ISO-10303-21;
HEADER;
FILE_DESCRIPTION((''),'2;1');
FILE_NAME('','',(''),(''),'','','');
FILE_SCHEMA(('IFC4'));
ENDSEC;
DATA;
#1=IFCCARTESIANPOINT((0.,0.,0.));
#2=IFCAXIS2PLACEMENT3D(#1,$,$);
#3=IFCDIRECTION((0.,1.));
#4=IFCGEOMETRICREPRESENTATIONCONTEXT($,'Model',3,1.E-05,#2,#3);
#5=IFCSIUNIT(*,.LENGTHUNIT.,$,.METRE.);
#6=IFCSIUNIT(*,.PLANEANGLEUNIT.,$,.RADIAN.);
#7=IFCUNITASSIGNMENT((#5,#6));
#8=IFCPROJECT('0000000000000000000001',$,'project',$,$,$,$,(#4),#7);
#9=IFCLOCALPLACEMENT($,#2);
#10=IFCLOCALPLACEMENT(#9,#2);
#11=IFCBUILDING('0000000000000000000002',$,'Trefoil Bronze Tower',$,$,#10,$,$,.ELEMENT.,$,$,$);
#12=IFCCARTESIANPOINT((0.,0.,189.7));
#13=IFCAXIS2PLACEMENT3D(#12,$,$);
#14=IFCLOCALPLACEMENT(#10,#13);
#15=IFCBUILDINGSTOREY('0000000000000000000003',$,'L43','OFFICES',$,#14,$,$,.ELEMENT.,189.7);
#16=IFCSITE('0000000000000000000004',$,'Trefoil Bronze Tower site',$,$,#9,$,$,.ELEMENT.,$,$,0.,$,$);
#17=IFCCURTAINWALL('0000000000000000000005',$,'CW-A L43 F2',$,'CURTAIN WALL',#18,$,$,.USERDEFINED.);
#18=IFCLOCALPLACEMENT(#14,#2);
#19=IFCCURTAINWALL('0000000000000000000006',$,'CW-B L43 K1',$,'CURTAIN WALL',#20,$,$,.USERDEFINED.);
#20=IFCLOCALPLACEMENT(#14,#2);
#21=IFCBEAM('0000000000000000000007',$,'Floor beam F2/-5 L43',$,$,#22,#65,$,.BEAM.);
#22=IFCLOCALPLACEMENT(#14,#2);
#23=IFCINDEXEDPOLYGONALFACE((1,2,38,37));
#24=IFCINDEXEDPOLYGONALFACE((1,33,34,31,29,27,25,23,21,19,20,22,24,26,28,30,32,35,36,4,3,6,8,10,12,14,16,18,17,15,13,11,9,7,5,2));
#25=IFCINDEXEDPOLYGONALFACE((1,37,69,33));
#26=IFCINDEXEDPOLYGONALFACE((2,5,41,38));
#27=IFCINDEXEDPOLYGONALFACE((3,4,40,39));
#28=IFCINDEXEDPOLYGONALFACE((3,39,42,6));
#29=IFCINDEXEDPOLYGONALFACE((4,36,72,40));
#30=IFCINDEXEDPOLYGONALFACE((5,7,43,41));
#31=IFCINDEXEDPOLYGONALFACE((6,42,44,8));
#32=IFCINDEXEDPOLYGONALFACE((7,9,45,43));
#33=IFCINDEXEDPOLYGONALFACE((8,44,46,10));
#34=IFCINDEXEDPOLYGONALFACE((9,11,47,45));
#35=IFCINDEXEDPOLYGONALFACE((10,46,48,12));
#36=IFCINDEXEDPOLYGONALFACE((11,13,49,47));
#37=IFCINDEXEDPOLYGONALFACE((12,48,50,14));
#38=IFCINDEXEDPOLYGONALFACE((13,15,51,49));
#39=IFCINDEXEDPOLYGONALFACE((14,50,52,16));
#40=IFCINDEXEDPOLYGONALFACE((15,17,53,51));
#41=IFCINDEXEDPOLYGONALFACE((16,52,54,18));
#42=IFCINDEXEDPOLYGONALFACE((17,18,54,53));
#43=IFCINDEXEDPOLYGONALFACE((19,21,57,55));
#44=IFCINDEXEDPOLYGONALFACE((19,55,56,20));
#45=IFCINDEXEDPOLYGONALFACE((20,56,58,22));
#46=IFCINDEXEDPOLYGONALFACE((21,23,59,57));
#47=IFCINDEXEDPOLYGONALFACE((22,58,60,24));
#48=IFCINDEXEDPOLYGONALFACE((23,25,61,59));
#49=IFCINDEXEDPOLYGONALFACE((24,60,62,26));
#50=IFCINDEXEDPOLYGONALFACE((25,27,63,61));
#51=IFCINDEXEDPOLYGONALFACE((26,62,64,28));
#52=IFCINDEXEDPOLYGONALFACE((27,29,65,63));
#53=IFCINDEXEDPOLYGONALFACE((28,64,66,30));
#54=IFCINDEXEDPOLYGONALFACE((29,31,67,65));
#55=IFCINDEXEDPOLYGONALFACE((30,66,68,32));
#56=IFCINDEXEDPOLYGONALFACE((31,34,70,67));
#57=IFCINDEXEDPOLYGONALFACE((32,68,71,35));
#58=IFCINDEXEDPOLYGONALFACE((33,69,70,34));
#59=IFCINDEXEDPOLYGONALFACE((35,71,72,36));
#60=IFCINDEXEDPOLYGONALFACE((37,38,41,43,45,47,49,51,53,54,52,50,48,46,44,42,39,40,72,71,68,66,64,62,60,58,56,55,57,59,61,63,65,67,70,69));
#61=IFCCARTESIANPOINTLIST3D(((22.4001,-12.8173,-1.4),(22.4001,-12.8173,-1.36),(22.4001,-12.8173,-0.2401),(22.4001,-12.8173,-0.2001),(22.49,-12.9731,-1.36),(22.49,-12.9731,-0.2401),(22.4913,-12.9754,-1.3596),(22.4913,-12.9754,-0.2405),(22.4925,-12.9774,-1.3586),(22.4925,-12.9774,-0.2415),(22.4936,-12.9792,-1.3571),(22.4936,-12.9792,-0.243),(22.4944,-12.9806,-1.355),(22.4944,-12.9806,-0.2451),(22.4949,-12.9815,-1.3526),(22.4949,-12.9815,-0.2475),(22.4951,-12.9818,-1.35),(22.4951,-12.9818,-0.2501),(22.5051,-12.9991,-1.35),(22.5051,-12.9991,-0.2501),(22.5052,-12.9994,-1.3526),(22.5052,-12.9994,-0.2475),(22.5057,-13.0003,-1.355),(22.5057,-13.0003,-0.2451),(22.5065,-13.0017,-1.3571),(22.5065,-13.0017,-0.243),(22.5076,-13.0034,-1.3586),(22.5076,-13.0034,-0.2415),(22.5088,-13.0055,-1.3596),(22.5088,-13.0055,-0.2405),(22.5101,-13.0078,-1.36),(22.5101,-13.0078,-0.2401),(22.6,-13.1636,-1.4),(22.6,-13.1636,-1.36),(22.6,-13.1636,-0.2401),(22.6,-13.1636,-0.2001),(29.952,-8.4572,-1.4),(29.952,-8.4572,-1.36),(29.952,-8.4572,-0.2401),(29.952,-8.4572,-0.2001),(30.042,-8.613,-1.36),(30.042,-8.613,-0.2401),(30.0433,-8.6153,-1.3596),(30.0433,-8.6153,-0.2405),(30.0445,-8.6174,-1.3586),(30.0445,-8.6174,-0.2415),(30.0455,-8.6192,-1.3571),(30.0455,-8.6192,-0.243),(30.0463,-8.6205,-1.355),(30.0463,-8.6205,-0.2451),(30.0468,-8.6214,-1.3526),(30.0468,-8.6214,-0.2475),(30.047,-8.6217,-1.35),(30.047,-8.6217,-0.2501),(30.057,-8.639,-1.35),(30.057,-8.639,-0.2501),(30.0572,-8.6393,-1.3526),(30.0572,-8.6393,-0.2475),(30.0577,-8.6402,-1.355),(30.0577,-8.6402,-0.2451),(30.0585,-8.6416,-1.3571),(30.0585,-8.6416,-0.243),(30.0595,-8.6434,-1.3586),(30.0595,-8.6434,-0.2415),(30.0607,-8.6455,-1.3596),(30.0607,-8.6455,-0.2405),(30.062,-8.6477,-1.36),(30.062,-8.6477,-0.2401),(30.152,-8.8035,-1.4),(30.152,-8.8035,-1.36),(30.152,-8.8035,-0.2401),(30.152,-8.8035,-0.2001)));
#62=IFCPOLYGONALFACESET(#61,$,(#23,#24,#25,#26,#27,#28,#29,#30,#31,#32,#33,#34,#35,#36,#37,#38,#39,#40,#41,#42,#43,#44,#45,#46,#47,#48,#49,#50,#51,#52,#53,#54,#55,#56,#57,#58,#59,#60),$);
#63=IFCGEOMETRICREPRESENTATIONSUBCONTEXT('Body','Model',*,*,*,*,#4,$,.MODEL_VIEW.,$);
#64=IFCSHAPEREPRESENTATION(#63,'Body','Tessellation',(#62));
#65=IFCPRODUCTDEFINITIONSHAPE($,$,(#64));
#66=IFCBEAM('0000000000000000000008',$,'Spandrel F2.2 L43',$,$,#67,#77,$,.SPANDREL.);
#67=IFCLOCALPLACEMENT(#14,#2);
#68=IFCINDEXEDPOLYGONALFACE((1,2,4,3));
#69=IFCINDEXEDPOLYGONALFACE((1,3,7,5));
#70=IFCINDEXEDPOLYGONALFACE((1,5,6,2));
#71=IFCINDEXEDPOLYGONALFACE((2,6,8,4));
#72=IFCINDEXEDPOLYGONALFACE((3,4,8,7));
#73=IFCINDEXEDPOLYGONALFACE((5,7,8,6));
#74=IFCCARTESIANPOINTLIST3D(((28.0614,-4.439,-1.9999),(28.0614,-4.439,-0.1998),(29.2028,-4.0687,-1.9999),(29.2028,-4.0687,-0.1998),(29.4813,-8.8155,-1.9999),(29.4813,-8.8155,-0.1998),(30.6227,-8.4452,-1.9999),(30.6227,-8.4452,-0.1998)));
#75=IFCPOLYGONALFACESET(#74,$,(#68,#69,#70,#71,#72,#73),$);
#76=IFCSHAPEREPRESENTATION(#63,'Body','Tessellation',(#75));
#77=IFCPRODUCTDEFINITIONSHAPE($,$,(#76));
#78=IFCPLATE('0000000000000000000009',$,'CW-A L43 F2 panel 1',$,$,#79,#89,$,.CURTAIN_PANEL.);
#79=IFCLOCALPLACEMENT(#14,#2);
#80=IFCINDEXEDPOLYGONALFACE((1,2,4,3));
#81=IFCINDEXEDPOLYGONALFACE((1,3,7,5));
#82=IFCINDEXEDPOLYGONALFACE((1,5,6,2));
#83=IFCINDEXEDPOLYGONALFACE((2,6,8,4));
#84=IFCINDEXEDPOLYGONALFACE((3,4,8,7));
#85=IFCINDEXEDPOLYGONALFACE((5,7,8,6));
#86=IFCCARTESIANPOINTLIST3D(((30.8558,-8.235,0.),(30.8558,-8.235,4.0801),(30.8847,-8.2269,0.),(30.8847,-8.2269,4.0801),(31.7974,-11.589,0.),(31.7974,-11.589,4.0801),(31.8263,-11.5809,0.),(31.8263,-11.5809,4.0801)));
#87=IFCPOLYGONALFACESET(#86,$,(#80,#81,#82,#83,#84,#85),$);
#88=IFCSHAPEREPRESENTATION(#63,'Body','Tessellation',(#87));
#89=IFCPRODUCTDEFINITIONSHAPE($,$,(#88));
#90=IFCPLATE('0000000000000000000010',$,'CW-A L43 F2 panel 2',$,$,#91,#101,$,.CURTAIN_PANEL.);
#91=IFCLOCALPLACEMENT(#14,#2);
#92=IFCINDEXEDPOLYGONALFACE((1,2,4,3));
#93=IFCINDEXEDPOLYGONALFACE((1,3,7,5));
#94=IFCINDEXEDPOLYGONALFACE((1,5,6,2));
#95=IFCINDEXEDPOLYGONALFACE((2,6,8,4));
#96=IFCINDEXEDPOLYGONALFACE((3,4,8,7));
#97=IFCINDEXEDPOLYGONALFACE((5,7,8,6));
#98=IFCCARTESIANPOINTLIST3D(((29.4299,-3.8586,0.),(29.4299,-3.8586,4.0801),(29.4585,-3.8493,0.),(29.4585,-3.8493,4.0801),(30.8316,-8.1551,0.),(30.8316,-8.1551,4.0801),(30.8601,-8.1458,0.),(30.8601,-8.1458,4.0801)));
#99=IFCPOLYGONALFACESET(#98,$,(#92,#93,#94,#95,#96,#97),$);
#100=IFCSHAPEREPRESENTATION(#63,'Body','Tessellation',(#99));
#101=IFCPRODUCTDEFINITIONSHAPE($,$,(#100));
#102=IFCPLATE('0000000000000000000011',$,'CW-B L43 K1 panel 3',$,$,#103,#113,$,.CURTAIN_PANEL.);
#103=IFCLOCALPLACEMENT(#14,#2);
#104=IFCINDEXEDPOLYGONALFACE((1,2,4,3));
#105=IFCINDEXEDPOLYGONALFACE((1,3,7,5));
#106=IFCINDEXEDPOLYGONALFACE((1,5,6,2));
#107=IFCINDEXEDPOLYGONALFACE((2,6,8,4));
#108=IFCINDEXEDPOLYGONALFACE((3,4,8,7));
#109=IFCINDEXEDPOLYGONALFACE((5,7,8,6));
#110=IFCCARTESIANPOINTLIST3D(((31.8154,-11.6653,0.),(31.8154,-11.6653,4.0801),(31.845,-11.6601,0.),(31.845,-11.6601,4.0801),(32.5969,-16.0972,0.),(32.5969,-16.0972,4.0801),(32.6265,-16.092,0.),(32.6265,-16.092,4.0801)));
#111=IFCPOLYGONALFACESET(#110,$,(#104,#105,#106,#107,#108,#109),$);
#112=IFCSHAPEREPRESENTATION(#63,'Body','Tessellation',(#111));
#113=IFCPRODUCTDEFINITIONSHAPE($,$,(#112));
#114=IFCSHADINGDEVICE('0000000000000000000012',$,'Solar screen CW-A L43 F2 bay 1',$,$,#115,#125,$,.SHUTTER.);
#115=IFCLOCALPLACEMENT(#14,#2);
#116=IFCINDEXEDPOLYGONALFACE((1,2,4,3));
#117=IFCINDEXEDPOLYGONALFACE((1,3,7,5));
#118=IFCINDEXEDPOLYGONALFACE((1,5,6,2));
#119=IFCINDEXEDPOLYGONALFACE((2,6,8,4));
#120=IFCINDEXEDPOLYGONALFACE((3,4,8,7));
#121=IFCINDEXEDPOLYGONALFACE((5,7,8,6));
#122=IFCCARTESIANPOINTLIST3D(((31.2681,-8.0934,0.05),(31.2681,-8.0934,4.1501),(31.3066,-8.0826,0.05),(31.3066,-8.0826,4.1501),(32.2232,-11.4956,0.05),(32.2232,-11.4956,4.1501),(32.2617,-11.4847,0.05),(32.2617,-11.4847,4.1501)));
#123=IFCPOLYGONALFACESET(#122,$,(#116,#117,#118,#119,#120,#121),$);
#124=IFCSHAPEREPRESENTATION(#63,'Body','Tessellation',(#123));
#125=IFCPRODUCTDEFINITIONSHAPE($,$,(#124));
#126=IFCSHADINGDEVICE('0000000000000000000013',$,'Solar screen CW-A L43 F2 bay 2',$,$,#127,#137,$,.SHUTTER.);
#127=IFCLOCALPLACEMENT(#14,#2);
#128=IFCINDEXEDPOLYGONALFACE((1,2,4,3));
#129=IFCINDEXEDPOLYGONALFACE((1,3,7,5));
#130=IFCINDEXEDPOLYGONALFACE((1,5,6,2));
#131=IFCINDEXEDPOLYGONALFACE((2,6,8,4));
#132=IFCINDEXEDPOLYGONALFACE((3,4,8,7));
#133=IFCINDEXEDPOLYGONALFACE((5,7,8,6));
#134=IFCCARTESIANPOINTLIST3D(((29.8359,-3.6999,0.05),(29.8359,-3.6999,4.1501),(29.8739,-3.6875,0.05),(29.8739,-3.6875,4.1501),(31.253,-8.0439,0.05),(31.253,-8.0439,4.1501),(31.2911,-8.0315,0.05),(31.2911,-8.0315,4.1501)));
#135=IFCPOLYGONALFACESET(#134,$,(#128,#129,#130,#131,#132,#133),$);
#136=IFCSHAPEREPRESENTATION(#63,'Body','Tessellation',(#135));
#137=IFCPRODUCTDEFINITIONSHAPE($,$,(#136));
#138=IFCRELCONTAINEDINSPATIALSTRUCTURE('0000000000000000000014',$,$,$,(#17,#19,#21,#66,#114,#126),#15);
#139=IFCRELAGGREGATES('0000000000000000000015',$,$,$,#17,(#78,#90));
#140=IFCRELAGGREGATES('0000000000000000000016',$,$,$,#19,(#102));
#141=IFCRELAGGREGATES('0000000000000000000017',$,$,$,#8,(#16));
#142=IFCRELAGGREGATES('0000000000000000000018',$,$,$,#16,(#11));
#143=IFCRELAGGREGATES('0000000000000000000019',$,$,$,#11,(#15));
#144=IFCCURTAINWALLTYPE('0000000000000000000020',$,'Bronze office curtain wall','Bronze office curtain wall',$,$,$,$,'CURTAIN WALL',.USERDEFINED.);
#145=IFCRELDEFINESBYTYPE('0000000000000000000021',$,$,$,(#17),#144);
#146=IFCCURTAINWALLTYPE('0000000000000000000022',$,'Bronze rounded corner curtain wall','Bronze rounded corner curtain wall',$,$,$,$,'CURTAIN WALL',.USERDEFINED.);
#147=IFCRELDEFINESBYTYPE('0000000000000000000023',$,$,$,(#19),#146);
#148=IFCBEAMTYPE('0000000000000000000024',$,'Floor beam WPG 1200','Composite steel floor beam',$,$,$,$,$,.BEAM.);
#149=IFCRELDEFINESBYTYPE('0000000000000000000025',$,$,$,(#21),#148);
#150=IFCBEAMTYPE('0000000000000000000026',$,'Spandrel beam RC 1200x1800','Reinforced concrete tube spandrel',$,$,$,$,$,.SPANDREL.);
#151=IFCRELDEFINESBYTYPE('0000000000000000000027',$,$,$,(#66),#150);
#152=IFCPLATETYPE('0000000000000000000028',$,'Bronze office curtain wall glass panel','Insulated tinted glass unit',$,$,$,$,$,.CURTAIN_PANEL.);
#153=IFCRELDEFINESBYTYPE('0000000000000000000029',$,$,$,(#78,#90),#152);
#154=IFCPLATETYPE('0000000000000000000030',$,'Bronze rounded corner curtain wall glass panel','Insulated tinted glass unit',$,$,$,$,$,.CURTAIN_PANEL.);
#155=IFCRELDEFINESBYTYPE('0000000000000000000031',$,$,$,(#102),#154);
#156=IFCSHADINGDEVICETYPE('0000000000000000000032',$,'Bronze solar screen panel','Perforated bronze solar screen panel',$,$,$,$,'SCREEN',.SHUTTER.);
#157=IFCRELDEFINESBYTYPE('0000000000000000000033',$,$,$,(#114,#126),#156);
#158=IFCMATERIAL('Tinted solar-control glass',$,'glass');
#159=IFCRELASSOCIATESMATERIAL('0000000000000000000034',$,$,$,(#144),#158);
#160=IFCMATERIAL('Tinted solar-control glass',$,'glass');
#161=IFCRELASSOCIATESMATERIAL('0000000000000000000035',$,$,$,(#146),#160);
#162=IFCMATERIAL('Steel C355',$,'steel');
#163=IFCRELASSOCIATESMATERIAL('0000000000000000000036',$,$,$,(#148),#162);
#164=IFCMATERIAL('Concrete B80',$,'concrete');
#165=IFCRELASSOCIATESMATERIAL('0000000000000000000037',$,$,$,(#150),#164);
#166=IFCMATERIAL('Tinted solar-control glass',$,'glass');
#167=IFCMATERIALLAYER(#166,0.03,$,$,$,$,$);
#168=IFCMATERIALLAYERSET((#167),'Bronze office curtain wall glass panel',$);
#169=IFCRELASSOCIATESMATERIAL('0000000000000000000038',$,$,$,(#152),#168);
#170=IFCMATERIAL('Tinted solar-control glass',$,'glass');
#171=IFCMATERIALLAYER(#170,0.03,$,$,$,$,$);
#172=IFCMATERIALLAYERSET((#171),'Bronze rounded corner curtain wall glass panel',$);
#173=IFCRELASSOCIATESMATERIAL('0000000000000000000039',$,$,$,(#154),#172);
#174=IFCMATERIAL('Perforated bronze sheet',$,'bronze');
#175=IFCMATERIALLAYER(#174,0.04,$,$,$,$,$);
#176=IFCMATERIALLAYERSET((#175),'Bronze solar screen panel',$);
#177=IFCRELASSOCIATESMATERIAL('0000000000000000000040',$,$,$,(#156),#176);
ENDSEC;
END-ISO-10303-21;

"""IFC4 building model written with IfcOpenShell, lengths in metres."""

from ifc_helpers import new_model, si_unit, direction, frame, origin, origin_2d, place, context, subcontext, project, spatial, rectangle, i_section, extrude, material, layer, layer_set, material_profile, profile_set, type_object, element, aggregate, save


model = new_model("IFC4")

# Units and contexts
model_context = context("Model", 3, precision=1e-05, world=origin(), true_north=direction((0.0, 1.0)))
body_context = subcontext(model_context, "Body", "Model", "MODEL_VIEW")
ifc_project = project(units=[si_unit("LENGTHUNIT", "METRE"), si_unit("PLANEANGLEUNIT", "RADIAN")], contexts=[model_context])

# Site, building, storey
site_placement = place(None, origin())
site = spatial("IfcSite", under=ifc_project, at=site_placement, Name="Trefoil Bronze Tower site", CompositionType="ELEMENT", RefElevation=0.0)
building_placement = place(site_placement, origin())
building = spatial("IfcBuilding", under=site, at=building_placement, Name="Trefoil Bronze Tower", CompositionType="ELEMENT")
storey_placement = place(building_placement, frame((0.0, 0.0, 189.7)))
storey = spatial("IfcBuildingStorey", under=building, at=storey_placement, Name="L43", Description="OFFICES", CompositionType="ELEMENT", Elevation=189.7)

# Curtain walls
ifc_material_1 = material(Name="Tinted solar-control glass", Category="glass")
curtain_wall_type_1 = type_object("IfcCurtainWallType", Name="Bronze office curtain wall", Description="Bronze office curtain wall", ElementType="CURTAIN WALL", PredefinedType="USERDEFINED", material=ifc_material_1)
curtain_wall_1_placement = place(storey_placement, origin())
curtain_wall_1 = element("IfcCurtainWall", 1, at=curtain_wall_1_placement, inside=storey, type_object=curtain_wall_type_1, Name="CW-A L43 F2", ObjectType="CURTAIN WALL", PredefinedType="USERDEFINED")
ifc_material_2 = material(Name="Tinted solar-control glass", Category="glass")
curtain_wall_type_2 = type_object("IfcCurtainWallType", Name="Bronze rounded corner curtain wall", Description="Bronze rounded corner curtain wall", ElementType="CURTAIN WALL", PredefinedType="USERDEFINED", material=ifc_material_2)
curtain_wall_2_placement = place(storey_placement, origin())
curtain_wall_2 = element("IfcCurtainWall", 2, at=curtain_wall_2_placement, inside=storey, type_object=curtain_wall_type_2, Name="CW-B L43 K1", ObjectType="CURTAIN WALL", PredefinedType="USERDEFINED")

# Beams
ifc_material_3 = material(Name="Steel C355", Category="steel")
ifc_material_profile_1 = material_profile(ifc_material_3, i_section(OverallWidth=0.3999, OverallDepth=1.2, WebThickness=0.02, FlangeThickness=0.04, FilletRadius=0.01, at=origin_2d()), Name="WPG 1200")
ifc_profile_set_1 = profile_set([ifc_material_profile_1], Name="Steel C355")
beam_type_1 = type_object("IfcBeamType", Name="Floor beam WPG 1200", Description="Composite steel floor beam", PredefinedType="BEAM", material=ifc_profile_set_1)
beam_1_placement = place(storey_placement, frame((30.052, -8.6304, -0.8), z_axis=(-0.866028, -0.499996, 0.0), x_axis=(0.499996, -0.866028, 0.0)))
element("IfcBeam", 3, at=beam_1_placement, inside=storey, type_object=beam_type_1, Name="Floor beam F2/-5 L43", PredefinedType="BEAM", context=body_context, shape_type="SweptSolid", body=[
    extrude(i_section(OverallWidth=0.3999, OverallDepth=1.2, WebThickness=0.02, FlangeThickness=0.04, FilletRadius=0.01, at=origin_2d()), origin(), (0.0, 0.0, 1.0), 8.7202),
])
ifc_material_4 = material(Name="Concrete B80", Category="concrete")
ifc_material_profile_2 = material_profile(ifc_material_4, rectangle(XDim=1.2, YDim=1.8, at=origin_2d()), Name="RC 1200x1800")
ifc_profile_set_2 = profile_set([ifc_material_profile_2], Name="Concrete B80")
beam_type_2 = type_object("IfcBeamType", Name="Spandrel beam RC 1200x1800", Description="Reinforced concrete tube spandrel", PredefinedType="SPANDREL", material=ifc_profile_set_2)
beam_2_placement = place(storey_placement, frame((30.052, -8.6304, -1.0999), z_axis=(-0.308609, 0.951189, 0.0), x_axis=(-0.951189, -0.308609, 0.0)))
element("IfcBeam", 4, at=beam_2_placement, inside=storey, type_object=beam_type_2, Name="Spandrel F2.2 L43", PredefinedType="SPANDREL", context=body_context, shape_type="SweptSolid", body=[
    extrude(rectangle(XDim=1.2, YDim=1.8, at=origin_2d()), origin(), (0.0, 0.0, 1.0), 4.6011),
])

# Plates
ifc_material_5 = material(Name="Tinted solar-control glass", Category="glass")
ifc_layer_1 = layer(ifc_material_5, 0.03)
ifc_layer_set_1 = layer_set([ifc_layer_1], Name="Bronze office curtain wall glass panel")
plate_type_1 = type_object("IfcPlateType", Name="Bronze office curtain wall glass panel", Description="Insulated tinted glass unit", PredefinedType="CURTAIN_PANEL", material=ifc_layer_set_1)
plate_1_placement = place(storey_placement, frame((31.3411, -9.908, 0.0), z_axis=(0.0, 0.0, 1.0), x_axis=(-0.270282, 0.962781, 0.0)))
plate_1 = element("IfcPlate", 5, at=plate_1_placement, type_object=plate_type_1, Name="CW-A L43 F2 panel 1", PredefinedType="CURTAIN_PANEL", context=body_context, shape_type="SweptSolid", body=[
    extrude(rectangle(XDim=3.4836, YDim=0.03, at=origin_2d()), origin(), (0.0, 0.0, 1.0), 4.0801),
])
plate_2_placement = place(storey_placement, frame((30.145, -6.0022, 0.0), z_axis=(0.0, 0.0, 1.0), x_axis=(-0.310149, 0.950688, 0.0)))
plate_2 = element("IfcPlate", 6, at=plate_2_placement, type_object=plate_type_1, Name="CW-A L43 F2 panel 2", PredefinedType="CURTAIN_PANEL", context=body_context, shape_type="SweptSolid", body=[
    extrude(rectangle(XDim=4.5193, YDim=0.03, at=origin_2d()), origin(), (0.0, 0.0, 1.0), 4.0801),
])
aggregate(curtain_wall_1, [plate_1, plate_2])
ifc_material_6 = material(Name="Tinted solar-control glass", Category="glass")
ifc_layer_2 = layer(ifc_material_6, 0.03)
ifc_layer_set_2 = layer_set([ifc_layer_2], Name="Bronze rounded corner curtain wall glass panel")
plate_type_2 = type_object("IfcPlateType", Name="Bronze rounded corner curtain wall glass panel", Description="Insulated tinted glass unit", PredefinedType="CURTAIN_PANEL", material=ifc_layer_set_2)
plate_3_placement = place(storey_placement, frame((32.2209, -13.8787, 0.0), z_axis=(0.0, 0.0, 1.0), x_axis=(-0.173648, 0.984808, 0.0)))
plate_3 = element("IfcPlate", 7, at=plate_3_placement, type_object=plate_type_2, Name="CW-B L43 K1 panel 3", PredefinedType="CURTAIN_PANEL", context=body_context, shape_type="SweptSolid", body=[
    extrude(rectangle(XDim=4.5002, YDim=0.03, at=origin_2d()), origin(), (0.0, 0.0, 1.0), 4.0801),
])
aggregate(curtain_wall_2, [plate_3])

# Shading devices
ifc_material_7 = material(Name="Perforated bronze sheet", Category="bronze")
ifc_layer_3 = layer(ifc_material_7, 0.04)
ifc_layer_set_3 = layer_set([ifc_layer_3], Name="Bronze solar screen panel")
shading_device_type = type_object("IfcShadingDeviceType", Name="Bronze solar screen panel", Description="Perforated bronze solar screen panel", ElementType="SCREEN", PredefinedType="SHUTTER", material=ifc_layer_set_3)
shading_device_1_placement = place(storey_placement, frame((31.7649, -9.7891, 0.05), z_axis=(0.0, 0.0, 1.0), x_axis=(-0.270282, 0.962781, 0.0)))
element("IfcShadingDevice", 8, at=shading_device_1_placement, inside=storey, type_object=shading_device_type, Name="Solar screen CW-A L43 F2 bay 1", PredefinedType="SHUTTER", context=body_context, shape_type="SweptSolid", body=[
    extrude(rectangle(XDim=3.5337, YDim=0.04, at=origin_2d()), origin(), (0.0, 0.0, 1.0), 4.1001),
])
shading_device_2_placement = place(storey_placement, frame((30.5635, -5.8657, 0.05), z_axis=(0.0, 0.0, 1.0), x_axis=(-0.310149, 0.950688, 0.0)))
element("IfcShadingDevice", 9, at=shading_device_2_placement, inside=storey, type_object=shading_device_type, Name="Solar screen CW-A L43 F2 bay 2", PredefinedType="SHUTTER", context=body_context, shape_type="SweptSolid", body=[
    extrude(rectangle(XDim=4.5693, YDim=0.04, at=origin_2d()), origin(), (0.0, 0.0, 1.0), 4.1001),
])

save(model, "model.ifc")
